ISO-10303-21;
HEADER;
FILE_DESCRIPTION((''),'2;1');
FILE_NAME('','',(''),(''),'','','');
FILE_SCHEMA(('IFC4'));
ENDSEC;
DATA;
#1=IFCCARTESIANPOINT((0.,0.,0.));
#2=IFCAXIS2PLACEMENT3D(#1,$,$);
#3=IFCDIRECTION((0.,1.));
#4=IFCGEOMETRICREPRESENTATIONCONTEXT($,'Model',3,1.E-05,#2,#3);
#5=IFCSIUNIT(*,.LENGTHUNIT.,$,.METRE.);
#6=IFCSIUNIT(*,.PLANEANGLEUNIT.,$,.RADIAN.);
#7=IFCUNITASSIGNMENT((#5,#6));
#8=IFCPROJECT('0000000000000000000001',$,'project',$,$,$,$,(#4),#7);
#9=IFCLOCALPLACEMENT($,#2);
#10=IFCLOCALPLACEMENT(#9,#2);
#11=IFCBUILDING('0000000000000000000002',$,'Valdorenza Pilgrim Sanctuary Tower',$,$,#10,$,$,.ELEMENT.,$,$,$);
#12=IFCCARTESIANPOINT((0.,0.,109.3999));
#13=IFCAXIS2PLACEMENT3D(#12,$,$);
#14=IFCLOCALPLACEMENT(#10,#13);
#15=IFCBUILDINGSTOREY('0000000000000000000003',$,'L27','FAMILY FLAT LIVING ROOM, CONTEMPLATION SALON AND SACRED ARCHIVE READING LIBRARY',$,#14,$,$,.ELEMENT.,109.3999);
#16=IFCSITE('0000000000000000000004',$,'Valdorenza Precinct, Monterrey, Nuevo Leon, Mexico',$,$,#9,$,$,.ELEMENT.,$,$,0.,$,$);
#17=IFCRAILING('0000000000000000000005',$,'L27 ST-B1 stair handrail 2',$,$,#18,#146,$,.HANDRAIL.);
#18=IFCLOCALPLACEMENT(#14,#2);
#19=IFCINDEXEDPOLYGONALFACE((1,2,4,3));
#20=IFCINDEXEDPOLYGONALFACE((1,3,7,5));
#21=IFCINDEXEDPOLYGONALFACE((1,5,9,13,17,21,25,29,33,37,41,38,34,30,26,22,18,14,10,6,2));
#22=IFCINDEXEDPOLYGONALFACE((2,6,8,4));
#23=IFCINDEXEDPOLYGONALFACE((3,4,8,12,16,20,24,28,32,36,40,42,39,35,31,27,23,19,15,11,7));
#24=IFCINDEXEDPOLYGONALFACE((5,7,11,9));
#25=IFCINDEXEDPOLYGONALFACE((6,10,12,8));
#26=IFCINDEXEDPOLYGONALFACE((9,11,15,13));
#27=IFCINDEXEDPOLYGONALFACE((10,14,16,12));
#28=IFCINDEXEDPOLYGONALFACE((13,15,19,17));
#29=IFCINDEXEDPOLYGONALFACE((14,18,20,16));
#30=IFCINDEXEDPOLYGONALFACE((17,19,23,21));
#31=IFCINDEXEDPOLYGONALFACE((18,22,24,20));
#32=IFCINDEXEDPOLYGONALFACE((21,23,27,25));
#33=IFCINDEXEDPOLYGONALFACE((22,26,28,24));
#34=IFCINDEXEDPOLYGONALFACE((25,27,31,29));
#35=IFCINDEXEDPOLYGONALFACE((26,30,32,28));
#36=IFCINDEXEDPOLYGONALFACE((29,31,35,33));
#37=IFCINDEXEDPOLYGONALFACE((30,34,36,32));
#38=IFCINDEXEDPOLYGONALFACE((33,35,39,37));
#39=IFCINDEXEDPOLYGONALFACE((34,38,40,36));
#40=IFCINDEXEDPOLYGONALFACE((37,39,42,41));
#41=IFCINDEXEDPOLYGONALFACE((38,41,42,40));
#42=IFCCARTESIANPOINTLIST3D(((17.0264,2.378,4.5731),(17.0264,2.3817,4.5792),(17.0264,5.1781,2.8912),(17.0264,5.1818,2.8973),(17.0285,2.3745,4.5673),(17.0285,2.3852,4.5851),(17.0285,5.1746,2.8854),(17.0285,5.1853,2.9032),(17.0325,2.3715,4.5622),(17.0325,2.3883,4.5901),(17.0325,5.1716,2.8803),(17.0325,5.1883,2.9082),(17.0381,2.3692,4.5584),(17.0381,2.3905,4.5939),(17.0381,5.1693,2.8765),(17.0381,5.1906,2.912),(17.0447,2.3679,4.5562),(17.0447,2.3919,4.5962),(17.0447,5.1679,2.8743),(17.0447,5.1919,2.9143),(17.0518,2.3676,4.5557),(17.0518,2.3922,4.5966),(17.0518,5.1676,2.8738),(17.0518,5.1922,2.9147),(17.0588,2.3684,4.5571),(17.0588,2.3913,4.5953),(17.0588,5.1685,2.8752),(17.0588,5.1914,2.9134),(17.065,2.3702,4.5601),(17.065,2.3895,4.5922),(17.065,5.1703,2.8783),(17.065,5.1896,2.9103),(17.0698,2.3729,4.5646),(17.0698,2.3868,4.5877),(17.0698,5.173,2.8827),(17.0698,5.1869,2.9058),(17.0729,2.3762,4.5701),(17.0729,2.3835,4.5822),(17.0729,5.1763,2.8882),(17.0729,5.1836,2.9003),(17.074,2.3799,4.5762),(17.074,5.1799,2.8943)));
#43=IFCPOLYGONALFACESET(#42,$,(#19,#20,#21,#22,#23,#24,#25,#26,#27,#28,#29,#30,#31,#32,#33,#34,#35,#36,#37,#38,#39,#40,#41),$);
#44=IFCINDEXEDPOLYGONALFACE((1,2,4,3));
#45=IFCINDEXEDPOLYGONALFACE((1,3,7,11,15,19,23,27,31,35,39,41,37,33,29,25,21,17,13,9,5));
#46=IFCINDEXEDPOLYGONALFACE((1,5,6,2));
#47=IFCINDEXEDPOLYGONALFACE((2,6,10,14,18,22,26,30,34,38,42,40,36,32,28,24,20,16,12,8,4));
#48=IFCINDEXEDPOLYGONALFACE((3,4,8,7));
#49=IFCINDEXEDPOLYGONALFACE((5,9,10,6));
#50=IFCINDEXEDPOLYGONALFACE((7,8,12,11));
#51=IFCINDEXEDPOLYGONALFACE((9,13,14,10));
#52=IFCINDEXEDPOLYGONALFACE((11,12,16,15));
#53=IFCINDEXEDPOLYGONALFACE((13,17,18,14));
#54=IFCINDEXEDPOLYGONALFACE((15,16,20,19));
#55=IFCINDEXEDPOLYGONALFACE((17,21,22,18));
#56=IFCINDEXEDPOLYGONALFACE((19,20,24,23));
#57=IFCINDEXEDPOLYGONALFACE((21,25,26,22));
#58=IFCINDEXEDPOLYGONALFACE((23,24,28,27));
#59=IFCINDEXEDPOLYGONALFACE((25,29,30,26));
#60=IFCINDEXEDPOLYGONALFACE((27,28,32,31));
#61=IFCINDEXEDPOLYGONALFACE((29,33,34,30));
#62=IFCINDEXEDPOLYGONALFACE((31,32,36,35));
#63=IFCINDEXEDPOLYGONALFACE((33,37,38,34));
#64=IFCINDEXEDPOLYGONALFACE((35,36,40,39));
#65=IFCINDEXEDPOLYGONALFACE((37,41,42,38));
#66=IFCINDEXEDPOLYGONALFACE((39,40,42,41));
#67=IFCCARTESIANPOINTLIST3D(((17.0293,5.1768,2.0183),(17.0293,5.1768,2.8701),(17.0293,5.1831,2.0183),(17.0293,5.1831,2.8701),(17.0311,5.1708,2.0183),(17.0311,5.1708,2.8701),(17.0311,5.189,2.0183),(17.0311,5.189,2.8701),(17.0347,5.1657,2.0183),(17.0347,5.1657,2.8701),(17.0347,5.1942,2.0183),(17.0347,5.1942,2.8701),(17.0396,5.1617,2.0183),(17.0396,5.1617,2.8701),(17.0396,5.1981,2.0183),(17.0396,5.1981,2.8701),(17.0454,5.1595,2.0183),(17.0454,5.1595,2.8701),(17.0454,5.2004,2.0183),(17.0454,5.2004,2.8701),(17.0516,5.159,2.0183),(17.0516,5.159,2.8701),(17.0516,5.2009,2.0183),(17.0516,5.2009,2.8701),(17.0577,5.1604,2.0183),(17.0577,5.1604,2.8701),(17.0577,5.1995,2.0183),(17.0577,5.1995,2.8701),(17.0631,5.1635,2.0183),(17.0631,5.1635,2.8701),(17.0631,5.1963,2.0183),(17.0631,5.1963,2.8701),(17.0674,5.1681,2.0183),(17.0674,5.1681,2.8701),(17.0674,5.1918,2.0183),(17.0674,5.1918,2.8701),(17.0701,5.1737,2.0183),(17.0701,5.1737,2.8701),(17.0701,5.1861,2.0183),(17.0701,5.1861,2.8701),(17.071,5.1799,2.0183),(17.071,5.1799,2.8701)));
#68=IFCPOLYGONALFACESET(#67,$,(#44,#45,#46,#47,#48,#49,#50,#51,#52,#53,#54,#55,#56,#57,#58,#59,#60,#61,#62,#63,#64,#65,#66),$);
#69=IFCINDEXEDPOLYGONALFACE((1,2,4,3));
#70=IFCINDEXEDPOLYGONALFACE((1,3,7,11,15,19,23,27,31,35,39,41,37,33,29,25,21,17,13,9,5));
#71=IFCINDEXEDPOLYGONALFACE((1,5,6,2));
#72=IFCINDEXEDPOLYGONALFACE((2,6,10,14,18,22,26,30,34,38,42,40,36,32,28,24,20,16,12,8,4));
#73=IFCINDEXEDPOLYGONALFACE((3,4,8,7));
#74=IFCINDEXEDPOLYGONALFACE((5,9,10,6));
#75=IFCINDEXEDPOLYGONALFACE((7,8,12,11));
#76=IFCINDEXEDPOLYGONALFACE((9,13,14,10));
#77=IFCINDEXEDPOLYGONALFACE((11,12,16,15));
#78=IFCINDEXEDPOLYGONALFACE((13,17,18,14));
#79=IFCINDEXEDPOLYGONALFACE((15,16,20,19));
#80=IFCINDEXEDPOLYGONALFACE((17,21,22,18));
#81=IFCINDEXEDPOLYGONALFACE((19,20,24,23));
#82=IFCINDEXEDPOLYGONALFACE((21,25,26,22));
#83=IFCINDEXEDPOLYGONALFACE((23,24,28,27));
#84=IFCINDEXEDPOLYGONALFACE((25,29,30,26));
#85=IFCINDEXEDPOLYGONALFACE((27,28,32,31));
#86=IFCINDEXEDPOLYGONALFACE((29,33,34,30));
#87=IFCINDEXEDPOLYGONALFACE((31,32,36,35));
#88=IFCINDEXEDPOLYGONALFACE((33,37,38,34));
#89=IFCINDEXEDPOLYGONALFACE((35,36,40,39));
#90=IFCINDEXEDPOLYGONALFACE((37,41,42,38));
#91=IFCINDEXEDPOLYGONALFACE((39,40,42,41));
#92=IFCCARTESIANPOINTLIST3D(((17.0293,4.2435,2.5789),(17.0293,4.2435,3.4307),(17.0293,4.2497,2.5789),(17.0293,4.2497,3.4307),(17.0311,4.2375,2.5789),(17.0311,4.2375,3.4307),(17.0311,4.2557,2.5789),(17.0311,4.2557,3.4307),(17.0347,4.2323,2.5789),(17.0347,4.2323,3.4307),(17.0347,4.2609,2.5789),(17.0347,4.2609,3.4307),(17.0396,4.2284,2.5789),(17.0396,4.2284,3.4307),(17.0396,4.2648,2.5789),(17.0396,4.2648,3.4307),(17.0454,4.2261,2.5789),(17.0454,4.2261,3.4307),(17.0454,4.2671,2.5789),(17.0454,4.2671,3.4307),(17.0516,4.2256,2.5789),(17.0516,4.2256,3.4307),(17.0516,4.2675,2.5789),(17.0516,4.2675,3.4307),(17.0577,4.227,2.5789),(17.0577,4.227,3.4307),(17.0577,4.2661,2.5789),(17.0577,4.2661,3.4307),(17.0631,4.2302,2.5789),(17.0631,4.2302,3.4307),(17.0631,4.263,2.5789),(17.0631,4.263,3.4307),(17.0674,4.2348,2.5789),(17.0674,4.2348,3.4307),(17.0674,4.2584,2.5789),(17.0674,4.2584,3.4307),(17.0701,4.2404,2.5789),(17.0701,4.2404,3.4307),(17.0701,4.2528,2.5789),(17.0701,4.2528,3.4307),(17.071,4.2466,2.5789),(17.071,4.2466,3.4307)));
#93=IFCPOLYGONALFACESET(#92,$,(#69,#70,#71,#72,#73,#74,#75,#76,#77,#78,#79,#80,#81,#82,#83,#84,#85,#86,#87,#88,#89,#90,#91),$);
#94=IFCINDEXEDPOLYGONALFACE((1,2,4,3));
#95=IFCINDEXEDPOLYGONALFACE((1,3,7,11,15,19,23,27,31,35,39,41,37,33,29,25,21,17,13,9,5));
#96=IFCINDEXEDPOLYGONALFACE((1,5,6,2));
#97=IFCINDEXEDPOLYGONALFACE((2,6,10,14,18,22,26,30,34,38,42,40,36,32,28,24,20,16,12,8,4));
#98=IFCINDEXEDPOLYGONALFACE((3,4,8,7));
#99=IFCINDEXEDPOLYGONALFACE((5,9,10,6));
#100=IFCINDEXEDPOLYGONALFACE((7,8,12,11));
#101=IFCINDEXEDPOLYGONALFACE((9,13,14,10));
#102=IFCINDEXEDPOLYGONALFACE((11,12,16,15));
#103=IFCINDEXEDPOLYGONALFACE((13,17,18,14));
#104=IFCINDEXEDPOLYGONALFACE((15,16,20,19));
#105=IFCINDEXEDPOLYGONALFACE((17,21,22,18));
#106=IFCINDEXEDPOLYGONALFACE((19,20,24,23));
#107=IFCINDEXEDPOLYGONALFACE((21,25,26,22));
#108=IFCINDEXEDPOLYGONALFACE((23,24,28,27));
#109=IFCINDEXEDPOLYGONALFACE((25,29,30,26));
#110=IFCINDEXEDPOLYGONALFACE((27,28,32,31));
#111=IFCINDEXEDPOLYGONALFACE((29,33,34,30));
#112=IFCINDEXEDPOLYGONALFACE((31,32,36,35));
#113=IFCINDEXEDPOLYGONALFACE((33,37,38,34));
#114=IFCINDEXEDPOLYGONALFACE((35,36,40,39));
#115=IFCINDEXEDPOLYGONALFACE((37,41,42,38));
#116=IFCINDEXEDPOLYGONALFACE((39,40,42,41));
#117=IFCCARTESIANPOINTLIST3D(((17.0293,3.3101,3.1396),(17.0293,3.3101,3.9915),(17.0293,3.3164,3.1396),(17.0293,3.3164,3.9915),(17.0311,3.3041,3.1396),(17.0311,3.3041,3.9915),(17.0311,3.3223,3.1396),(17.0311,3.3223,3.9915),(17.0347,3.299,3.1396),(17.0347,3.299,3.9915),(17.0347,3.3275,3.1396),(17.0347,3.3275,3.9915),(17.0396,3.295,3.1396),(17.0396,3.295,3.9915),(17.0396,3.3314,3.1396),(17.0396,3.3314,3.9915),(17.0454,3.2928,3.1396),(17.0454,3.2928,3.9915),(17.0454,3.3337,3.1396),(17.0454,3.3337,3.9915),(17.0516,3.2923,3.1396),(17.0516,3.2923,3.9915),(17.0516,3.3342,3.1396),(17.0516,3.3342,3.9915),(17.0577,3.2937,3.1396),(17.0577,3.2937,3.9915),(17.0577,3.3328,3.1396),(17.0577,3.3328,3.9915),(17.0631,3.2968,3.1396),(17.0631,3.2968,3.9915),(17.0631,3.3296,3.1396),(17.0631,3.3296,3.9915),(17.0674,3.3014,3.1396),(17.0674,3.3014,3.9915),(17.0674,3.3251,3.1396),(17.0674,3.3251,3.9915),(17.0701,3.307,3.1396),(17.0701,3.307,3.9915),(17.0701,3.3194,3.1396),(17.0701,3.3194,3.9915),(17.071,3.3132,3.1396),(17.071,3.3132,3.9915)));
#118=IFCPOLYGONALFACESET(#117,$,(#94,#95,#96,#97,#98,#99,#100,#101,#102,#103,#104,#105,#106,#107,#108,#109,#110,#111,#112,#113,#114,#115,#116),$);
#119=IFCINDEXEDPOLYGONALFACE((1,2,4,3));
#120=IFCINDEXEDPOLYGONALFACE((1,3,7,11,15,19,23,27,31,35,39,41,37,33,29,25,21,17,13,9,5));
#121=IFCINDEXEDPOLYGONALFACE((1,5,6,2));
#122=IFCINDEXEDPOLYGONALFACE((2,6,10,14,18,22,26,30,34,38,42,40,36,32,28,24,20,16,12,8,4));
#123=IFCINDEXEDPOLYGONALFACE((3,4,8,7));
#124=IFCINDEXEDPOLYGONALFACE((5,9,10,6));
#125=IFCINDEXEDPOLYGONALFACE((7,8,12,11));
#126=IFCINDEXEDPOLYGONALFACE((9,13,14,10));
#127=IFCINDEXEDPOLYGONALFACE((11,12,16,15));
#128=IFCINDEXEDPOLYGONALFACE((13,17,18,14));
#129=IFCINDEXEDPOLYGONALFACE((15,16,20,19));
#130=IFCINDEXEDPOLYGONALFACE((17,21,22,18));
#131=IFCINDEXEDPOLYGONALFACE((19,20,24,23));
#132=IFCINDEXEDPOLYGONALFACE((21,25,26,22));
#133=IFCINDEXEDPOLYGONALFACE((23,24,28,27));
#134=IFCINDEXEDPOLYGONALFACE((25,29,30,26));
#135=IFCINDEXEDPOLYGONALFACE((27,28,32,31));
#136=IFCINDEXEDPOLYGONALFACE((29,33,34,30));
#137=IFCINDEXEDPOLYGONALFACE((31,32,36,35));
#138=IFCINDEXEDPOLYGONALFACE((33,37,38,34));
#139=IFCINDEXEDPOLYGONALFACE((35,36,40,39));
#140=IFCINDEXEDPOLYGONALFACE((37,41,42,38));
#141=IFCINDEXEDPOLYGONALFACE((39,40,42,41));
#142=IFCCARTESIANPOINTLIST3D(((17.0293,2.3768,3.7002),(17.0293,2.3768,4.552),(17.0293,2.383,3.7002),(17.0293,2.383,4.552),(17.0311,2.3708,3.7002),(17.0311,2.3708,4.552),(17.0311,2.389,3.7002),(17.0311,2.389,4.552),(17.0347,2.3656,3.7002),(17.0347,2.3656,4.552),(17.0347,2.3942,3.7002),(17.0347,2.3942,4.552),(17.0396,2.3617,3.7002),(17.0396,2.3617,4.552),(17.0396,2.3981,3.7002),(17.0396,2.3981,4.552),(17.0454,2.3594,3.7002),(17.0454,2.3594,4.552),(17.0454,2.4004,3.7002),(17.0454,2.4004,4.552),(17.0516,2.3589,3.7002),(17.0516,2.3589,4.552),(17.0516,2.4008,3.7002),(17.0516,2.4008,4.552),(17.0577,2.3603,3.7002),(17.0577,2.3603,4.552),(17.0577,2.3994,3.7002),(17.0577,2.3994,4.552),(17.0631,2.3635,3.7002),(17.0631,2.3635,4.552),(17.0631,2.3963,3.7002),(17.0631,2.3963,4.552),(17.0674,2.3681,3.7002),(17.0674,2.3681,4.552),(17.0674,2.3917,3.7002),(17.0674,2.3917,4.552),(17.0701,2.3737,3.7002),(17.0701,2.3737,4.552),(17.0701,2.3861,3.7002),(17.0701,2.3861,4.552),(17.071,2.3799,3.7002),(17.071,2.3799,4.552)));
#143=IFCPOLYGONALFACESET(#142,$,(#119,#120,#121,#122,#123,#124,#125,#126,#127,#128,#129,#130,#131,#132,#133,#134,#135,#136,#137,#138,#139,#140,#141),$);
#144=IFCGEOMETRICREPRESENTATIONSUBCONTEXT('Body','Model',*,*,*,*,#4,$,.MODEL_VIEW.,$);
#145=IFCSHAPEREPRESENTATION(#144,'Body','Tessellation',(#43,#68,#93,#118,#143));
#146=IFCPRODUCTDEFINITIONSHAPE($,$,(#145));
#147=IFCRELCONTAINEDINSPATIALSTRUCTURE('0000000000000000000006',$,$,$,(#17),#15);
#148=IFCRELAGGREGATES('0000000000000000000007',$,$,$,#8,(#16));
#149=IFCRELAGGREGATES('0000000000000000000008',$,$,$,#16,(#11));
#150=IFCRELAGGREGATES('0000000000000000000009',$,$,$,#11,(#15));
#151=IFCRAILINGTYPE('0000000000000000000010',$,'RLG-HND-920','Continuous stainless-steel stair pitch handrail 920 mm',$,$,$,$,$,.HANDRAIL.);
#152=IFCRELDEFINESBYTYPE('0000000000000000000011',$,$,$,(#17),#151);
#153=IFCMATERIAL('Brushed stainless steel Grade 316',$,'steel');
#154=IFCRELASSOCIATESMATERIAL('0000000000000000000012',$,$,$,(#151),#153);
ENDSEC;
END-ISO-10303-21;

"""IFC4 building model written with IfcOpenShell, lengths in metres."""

from ifc_helpers import new_model, si_unit, direction, frame, origin, origin_2d, place, context, subcontext, project, spatial, circle, extrude, material, type_object, element, save


model = new_model("IFC4")

# Units and contexts
model_context = context("Model", 3, precision=1e-05, world=origin(), true_north=direction((0.0, 1.0)))
body_context = subcontext(model_context, "Body", "Model", "MODEL_VIEW")
ifc_project = project(units=[si_unit("LENGTHUNIT", "METRE"), si_unit("PLANEANGLEUNIT", "RADIAN")], contexts=[model_context])

# Site, building, storey
site_placement = place(None, origin())
site = spatial("IfcSite", under=ifc_project, at=site_placement, Name="Valdorenza Precinct, Monterrey, Nuevo Leon, Mexico", CompositionType="ELEMENT", RefElevation=0.0)
building_placement = place(site_placement, origin())
building = spatial("IfcBuilding", under=site, at=building_placement, Name="Valdorenza Pilgrim Sanctuary Tower", CompositionType="ELEMENT")
storey_placement = place(building_placement, frame((0.0, 0.0, 109.3999)))
storey = spatial("IfcBuildingStorey", under=building, at=storey_placement, Name="L27", Description="FAMILY FLAT LIVING ROOM, CONTEMPLATION SALON AND SACRED ARCHIVE READING LIBRARY", CompositionType="ELEMENT", Elevation=109.3999)

# Shared definitions
ifc_material_1 = material(Name="Brushed stainless steel Grade 316", Category="steel")

# Railing
railing_type_1 = type_object("IfcRailingType", Name="RLG-HND-920", Description="Continuous stainless-steel stair pitch handrail 920 mm", PredefinedType="HANDRAIL", material=ifc_material_1)
railing_1_placement = place(storey_placement, frame((17.05, 5.1799, 2.0183)))
element("IfcRailing", 1, at=railing_1_placement, inside=storey, type_object=railing_type_1, Name="L27 ST-B1 stair handrail 2", PredefinedType="HANDRAIL", context=body_context, shape_type="SweptSolid", body=[
    extrude(circle(Radius=0.0239, at=origin_2d()), frame((0.0, 0.0, 0.876), z_axis=(0.0, -0.857242, 0.514913), x_axis=(1.0, 0.0, 0.0)), (0.0, 0.0, 1.0), 3.2664),
    extrude(circle(Radius=0.021, at=origin_2d()), origin(), (0.0, 0.0, 1.0), 0.8518),
    extrude(circle(Radius=0.021, at=origin_2d()), frame((0.0, -0.9333, 0.5605)), (0.0, 0.0, 1.0), 0.8518),
    extrude(circle(Radius=0.021, at=origin_2d()), frame((0.0, -1.8667, 1.1213)), (0.0, 0.0, 1.0), 0.8518),
    extrude(circle(Radius=0.021, at=origin_2d()), frame((0.0, -2.8, 1.6819)), (0.0, 0.0, 1.0), 0.8518),
])

save(model, "model.ifc")
